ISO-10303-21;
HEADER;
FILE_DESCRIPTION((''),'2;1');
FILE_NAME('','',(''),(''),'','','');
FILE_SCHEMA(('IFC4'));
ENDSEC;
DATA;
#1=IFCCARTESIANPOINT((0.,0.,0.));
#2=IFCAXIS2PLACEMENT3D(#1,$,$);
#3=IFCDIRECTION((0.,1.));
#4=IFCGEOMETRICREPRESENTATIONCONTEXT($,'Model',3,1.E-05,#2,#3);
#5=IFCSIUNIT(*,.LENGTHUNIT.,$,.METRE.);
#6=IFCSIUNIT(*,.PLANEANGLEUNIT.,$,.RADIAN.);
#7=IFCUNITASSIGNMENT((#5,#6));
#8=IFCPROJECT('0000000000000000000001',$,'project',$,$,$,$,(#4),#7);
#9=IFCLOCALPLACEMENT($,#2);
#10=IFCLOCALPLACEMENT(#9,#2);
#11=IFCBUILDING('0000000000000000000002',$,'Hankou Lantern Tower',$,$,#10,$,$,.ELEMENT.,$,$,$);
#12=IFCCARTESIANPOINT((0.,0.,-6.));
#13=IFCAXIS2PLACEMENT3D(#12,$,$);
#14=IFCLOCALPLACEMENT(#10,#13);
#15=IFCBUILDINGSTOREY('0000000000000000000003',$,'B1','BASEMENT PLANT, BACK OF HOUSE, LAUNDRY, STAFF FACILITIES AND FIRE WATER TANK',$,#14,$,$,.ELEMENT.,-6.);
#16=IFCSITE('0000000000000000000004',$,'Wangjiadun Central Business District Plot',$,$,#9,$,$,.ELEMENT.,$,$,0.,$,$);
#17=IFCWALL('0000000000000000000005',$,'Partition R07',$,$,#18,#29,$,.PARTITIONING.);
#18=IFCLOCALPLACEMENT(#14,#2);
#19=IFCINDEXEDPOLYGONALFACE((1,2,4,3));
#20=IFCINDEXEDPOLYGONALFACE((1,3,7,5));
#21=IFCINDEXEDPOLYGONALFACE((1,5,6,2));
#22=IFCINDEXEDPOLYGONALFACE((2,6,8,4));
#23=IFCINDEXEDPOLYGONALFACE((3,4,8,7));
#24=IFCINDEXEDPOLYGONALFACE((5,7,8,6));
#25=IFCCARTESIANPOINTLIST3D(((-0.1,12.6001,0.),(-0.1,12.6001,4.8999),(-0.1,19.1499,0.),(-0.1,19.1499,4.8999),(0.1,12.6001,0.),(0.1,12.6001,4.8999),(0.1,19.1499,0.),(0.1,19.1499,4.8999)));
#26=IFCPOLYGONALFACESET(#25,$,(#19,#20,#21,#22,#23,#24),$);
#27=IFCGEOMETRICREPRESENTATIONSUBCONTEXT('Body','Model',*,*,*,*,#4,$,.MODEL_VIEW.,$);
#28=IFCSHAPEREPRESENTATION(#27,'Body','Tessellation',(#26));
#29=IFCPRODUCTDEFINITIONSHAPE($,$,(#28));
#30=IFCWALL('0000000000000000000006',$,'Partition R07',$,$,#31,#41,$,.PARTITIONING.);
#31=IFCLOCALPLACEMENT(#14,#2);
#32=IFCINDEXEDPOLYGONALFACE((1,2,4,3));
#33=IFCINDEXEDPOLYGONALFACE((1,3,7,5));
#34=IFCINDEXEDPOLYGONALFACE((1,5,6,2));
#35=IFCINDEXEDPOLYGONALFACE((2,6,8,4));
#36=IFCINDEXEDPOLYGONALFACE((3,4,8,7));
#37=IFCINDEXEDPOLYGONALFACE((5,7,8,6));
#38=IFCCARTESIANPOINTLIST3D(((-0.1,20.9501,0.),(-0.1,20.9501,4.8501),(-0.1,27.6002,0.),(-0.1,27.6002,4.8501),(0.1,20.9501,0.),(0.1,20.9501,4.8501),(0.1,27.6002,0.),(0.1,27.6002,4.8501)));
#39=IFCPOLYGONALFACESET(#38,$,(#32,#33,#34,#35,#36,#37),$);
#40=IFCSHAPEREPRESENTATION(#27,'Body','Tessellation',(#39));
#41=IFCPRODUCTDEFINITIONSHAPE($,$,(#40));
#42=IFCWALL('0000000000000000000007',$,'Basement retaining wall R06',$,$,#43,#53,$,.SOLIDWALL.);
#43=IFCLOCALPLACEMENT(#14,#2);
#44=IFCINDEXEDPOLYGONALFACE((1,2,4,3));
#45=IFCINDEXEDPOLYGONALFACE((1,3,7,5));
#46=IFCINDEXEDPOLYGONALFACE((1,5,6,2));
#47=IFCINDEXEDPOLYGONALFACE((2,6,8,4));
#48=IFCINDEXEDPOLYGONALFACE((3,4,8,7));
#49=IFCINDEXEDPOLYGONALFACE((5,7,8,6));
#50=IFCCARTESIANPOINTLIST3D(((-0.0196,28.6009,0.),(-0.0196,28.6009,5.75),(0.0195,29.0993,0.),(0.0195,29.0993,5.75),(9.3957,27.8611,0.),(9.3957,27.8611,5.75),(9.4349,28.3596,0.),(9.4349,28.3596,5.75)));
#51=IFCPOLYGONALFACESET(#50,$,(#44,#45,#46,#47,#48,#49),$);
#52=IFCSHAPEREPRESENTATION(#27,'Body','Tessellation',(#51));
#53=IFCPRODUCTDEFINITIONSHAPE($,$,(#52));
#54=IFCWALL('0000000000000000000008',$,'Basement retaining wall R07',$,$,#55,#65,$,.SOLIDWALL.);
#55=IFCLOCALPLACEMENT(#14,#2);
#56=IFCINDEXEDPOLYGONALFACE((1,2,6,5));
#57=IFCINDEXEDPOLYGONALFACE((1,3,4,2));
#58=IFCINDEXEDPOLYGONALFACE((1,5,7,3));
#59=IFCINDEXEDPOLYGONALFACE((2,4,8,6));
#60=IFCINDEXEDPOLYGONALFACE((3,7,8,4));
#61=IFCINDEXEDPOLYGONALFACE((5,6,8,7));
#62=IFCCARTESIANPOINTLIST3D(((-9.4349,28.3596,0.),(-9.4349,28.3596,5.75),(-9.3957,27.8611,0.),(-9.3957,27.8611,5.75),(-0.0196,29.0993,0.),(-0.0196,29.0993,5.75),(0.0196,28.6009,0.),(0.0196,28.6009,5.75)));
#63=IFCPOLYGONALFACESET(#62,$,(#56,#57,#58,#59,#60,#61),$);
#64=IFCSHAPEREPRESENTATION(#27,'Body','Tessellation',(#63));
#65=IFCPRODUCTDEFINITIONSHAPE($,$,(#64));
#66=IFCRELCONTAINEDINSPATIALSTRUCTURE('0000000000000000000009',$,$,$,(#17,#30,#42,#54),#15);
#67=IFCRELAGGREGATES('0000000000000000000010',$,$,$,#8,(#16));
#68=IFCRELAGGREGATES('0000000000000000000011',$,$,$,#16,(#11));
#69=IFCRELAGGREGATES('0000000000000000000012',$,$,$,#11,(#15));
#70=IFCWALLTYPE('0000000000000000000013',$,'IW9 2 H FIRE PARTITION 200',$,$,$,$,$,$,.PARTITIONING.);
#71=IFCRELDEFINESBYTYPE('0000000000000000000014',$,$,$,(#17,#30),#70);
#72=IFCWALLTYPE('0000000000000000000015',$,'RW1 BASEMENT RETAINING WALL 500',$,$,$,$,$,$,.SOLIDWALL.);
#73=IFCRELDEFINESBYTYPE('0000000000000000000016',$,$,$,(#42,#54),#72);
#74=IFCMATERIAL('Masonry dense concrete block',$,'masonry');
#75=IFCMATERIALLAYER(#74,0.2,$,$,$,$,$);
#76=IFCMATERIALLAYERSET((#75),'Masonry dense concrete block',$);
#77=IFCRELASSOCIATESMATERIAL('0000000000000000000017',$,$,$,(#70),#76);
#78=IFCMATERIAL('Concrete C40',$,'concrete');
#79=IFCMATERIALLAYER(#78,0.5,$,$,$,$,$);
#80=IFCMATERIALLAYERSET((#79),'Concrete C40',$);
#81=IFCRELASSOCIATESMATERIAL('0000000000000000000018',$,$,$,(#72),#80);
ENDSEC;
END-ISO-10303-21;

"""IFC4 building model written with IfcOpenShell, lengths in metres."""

from ifc_helpers import new_model, si_unit, direction, frame, frame_2d, origin, place, context, subcontext, project, spatial, rectangle, extrude, material, layer, layer_set, type_object, element, save


model = new_model("IFC4")

# Units and contexts
model_context = context("Model", 3, precision=1e-05, world=origin(), true_north=direction((0.0, 1.0)))
body_context = subcontext(model_context, "Body", "Model", "MODEL_VIEW")
ifc_project = project(units=[si_unit("LENGTHUNIT", "METRE"), si_unit("PLANEANGLEUNIT", "RADIAN")], contexts=[model_context])

# Site, building, storey
site_placement = place(None, origin())
site = spatial("IfcSite", under=ifc_project, at=site_placement, Name="Wangjiadun Central Business District Plot", CompositionType="ELEMENT", RefElevation=0.0)
building_placement = place(site_placement, origin())
building = spatial("IfcBuilding", under=site, at=building_placement, Name="Hankou Lantern Tower", CompositionType="ELEMENT")
storey_placement = place(building_placement, frame((0.0, 0.0, -6.0)))
storey = spatial("IfcBuildingStorey", under=building, at=storey_placement, Name="B1", Description="BASEMENT PLANT, BACK OF HOUSE, LAUNDRY, STAFF FACILITIES AND FIRE WATER TANK", CompositionType="ELEMENT", Elevation=-6.0)

# Walls
ifc_material_1 = material(Name="Masonry dense concrete block", Category="masonry")
ifc_layer_1 = layer(ifc_material_1, 0.2)
ifc_layer_set_1 = layer_set([ifc_layer_1], Name="Masonry dense concrete block")
wall_type_1 = type_object("IfcWallType", Name="IW9 2 H FIRE PARTITION 200", PredefinedType="PARTITIONING", material=ifc_layer_set_1)
wall_1_placement = place(storey_placement, frame((0.0, 12.6001, 0.0), z_axis=(0.0, 0.0, 1.0), x_axis=(0.0, 1.0, 0.0)))
element("IfcWall", 1, at=wall_1_placement, inside=storey, type_object=wall_type_1, Name="Partition R07", PredefinedType="PARTITIONING", context=body_context, shape_type="SweptSolid", body=[
    extrude(rectangle(XDim=6.5498, YDim=0.2, at=frame_2d((3.2749, 0.0))), origin(), (0.0, 0.0, 1.0), 4.8999),
])
wall_2_placement = place(storey_placement, frame((0.0, 20.95, 0.0), z_axis=(0.0, 0.0, 1.0), x_axis=(0.0, 1.0, 0.0)))
element("IfcWall", 2, at=wall_2_placement, inside=storey, type_object=wall_type_1, Name="Partition R07", PredefinedType="PARTITIONING", context=body_context, shape_type="SweptSolid", body=[
    extrude(rectangle(XDim=6.6501, YDim=0.2, at=frame_2d((3.3252, 0.0))), origin(), (0.0, 0.0, 1.0), 4.8501),
])
ifc_material_2 = material(Name="Concrete C40", Category="concrete")
ifc_layer_2 = layer(ifc_material_2, 0.5)
ifc_layer_set_2 = layer_set([ifc_layer_2], Name="Concrete C40")
wall_type_2 = type_object("IfcWallType", Name="RW1 BASEMENT RETAINING WALL 500", PredefinedType="SOLIDWALL", material=ifc_layer_set_2)
for number, where, z_axis, x_axis, name in (
    (3, (9.4153, 28.1104, 0.0), (0.0, 0.0, 1.0), (-0.996928, 0.078327, 0.0), "Basement retaining wall R06"),
    (4, (0.0, 28.8501, 0.0), (0.0, 0.0, 1.0), (-0.996928, -0.078327, 0.0), "Basement retaining wall R07"),
):
    element("IfcWall", number, at=place(storey_placement, frame(where, z_axis=z_axis, x_axis=x_axis)), inside=storey, type_object=wall_type_2, Name=name, PredefinedType="SOLIDWALL", context=body_context, shape_type="SweptSolid", body=[
        extrude(rectangle(XDim=9.4443, YDim=0.5, at=frame_2d((4.7222, 0.0))), origin(), (0.0, 0.0, 1.0), 5.75),
    ])

save(model, "model.ifc")
